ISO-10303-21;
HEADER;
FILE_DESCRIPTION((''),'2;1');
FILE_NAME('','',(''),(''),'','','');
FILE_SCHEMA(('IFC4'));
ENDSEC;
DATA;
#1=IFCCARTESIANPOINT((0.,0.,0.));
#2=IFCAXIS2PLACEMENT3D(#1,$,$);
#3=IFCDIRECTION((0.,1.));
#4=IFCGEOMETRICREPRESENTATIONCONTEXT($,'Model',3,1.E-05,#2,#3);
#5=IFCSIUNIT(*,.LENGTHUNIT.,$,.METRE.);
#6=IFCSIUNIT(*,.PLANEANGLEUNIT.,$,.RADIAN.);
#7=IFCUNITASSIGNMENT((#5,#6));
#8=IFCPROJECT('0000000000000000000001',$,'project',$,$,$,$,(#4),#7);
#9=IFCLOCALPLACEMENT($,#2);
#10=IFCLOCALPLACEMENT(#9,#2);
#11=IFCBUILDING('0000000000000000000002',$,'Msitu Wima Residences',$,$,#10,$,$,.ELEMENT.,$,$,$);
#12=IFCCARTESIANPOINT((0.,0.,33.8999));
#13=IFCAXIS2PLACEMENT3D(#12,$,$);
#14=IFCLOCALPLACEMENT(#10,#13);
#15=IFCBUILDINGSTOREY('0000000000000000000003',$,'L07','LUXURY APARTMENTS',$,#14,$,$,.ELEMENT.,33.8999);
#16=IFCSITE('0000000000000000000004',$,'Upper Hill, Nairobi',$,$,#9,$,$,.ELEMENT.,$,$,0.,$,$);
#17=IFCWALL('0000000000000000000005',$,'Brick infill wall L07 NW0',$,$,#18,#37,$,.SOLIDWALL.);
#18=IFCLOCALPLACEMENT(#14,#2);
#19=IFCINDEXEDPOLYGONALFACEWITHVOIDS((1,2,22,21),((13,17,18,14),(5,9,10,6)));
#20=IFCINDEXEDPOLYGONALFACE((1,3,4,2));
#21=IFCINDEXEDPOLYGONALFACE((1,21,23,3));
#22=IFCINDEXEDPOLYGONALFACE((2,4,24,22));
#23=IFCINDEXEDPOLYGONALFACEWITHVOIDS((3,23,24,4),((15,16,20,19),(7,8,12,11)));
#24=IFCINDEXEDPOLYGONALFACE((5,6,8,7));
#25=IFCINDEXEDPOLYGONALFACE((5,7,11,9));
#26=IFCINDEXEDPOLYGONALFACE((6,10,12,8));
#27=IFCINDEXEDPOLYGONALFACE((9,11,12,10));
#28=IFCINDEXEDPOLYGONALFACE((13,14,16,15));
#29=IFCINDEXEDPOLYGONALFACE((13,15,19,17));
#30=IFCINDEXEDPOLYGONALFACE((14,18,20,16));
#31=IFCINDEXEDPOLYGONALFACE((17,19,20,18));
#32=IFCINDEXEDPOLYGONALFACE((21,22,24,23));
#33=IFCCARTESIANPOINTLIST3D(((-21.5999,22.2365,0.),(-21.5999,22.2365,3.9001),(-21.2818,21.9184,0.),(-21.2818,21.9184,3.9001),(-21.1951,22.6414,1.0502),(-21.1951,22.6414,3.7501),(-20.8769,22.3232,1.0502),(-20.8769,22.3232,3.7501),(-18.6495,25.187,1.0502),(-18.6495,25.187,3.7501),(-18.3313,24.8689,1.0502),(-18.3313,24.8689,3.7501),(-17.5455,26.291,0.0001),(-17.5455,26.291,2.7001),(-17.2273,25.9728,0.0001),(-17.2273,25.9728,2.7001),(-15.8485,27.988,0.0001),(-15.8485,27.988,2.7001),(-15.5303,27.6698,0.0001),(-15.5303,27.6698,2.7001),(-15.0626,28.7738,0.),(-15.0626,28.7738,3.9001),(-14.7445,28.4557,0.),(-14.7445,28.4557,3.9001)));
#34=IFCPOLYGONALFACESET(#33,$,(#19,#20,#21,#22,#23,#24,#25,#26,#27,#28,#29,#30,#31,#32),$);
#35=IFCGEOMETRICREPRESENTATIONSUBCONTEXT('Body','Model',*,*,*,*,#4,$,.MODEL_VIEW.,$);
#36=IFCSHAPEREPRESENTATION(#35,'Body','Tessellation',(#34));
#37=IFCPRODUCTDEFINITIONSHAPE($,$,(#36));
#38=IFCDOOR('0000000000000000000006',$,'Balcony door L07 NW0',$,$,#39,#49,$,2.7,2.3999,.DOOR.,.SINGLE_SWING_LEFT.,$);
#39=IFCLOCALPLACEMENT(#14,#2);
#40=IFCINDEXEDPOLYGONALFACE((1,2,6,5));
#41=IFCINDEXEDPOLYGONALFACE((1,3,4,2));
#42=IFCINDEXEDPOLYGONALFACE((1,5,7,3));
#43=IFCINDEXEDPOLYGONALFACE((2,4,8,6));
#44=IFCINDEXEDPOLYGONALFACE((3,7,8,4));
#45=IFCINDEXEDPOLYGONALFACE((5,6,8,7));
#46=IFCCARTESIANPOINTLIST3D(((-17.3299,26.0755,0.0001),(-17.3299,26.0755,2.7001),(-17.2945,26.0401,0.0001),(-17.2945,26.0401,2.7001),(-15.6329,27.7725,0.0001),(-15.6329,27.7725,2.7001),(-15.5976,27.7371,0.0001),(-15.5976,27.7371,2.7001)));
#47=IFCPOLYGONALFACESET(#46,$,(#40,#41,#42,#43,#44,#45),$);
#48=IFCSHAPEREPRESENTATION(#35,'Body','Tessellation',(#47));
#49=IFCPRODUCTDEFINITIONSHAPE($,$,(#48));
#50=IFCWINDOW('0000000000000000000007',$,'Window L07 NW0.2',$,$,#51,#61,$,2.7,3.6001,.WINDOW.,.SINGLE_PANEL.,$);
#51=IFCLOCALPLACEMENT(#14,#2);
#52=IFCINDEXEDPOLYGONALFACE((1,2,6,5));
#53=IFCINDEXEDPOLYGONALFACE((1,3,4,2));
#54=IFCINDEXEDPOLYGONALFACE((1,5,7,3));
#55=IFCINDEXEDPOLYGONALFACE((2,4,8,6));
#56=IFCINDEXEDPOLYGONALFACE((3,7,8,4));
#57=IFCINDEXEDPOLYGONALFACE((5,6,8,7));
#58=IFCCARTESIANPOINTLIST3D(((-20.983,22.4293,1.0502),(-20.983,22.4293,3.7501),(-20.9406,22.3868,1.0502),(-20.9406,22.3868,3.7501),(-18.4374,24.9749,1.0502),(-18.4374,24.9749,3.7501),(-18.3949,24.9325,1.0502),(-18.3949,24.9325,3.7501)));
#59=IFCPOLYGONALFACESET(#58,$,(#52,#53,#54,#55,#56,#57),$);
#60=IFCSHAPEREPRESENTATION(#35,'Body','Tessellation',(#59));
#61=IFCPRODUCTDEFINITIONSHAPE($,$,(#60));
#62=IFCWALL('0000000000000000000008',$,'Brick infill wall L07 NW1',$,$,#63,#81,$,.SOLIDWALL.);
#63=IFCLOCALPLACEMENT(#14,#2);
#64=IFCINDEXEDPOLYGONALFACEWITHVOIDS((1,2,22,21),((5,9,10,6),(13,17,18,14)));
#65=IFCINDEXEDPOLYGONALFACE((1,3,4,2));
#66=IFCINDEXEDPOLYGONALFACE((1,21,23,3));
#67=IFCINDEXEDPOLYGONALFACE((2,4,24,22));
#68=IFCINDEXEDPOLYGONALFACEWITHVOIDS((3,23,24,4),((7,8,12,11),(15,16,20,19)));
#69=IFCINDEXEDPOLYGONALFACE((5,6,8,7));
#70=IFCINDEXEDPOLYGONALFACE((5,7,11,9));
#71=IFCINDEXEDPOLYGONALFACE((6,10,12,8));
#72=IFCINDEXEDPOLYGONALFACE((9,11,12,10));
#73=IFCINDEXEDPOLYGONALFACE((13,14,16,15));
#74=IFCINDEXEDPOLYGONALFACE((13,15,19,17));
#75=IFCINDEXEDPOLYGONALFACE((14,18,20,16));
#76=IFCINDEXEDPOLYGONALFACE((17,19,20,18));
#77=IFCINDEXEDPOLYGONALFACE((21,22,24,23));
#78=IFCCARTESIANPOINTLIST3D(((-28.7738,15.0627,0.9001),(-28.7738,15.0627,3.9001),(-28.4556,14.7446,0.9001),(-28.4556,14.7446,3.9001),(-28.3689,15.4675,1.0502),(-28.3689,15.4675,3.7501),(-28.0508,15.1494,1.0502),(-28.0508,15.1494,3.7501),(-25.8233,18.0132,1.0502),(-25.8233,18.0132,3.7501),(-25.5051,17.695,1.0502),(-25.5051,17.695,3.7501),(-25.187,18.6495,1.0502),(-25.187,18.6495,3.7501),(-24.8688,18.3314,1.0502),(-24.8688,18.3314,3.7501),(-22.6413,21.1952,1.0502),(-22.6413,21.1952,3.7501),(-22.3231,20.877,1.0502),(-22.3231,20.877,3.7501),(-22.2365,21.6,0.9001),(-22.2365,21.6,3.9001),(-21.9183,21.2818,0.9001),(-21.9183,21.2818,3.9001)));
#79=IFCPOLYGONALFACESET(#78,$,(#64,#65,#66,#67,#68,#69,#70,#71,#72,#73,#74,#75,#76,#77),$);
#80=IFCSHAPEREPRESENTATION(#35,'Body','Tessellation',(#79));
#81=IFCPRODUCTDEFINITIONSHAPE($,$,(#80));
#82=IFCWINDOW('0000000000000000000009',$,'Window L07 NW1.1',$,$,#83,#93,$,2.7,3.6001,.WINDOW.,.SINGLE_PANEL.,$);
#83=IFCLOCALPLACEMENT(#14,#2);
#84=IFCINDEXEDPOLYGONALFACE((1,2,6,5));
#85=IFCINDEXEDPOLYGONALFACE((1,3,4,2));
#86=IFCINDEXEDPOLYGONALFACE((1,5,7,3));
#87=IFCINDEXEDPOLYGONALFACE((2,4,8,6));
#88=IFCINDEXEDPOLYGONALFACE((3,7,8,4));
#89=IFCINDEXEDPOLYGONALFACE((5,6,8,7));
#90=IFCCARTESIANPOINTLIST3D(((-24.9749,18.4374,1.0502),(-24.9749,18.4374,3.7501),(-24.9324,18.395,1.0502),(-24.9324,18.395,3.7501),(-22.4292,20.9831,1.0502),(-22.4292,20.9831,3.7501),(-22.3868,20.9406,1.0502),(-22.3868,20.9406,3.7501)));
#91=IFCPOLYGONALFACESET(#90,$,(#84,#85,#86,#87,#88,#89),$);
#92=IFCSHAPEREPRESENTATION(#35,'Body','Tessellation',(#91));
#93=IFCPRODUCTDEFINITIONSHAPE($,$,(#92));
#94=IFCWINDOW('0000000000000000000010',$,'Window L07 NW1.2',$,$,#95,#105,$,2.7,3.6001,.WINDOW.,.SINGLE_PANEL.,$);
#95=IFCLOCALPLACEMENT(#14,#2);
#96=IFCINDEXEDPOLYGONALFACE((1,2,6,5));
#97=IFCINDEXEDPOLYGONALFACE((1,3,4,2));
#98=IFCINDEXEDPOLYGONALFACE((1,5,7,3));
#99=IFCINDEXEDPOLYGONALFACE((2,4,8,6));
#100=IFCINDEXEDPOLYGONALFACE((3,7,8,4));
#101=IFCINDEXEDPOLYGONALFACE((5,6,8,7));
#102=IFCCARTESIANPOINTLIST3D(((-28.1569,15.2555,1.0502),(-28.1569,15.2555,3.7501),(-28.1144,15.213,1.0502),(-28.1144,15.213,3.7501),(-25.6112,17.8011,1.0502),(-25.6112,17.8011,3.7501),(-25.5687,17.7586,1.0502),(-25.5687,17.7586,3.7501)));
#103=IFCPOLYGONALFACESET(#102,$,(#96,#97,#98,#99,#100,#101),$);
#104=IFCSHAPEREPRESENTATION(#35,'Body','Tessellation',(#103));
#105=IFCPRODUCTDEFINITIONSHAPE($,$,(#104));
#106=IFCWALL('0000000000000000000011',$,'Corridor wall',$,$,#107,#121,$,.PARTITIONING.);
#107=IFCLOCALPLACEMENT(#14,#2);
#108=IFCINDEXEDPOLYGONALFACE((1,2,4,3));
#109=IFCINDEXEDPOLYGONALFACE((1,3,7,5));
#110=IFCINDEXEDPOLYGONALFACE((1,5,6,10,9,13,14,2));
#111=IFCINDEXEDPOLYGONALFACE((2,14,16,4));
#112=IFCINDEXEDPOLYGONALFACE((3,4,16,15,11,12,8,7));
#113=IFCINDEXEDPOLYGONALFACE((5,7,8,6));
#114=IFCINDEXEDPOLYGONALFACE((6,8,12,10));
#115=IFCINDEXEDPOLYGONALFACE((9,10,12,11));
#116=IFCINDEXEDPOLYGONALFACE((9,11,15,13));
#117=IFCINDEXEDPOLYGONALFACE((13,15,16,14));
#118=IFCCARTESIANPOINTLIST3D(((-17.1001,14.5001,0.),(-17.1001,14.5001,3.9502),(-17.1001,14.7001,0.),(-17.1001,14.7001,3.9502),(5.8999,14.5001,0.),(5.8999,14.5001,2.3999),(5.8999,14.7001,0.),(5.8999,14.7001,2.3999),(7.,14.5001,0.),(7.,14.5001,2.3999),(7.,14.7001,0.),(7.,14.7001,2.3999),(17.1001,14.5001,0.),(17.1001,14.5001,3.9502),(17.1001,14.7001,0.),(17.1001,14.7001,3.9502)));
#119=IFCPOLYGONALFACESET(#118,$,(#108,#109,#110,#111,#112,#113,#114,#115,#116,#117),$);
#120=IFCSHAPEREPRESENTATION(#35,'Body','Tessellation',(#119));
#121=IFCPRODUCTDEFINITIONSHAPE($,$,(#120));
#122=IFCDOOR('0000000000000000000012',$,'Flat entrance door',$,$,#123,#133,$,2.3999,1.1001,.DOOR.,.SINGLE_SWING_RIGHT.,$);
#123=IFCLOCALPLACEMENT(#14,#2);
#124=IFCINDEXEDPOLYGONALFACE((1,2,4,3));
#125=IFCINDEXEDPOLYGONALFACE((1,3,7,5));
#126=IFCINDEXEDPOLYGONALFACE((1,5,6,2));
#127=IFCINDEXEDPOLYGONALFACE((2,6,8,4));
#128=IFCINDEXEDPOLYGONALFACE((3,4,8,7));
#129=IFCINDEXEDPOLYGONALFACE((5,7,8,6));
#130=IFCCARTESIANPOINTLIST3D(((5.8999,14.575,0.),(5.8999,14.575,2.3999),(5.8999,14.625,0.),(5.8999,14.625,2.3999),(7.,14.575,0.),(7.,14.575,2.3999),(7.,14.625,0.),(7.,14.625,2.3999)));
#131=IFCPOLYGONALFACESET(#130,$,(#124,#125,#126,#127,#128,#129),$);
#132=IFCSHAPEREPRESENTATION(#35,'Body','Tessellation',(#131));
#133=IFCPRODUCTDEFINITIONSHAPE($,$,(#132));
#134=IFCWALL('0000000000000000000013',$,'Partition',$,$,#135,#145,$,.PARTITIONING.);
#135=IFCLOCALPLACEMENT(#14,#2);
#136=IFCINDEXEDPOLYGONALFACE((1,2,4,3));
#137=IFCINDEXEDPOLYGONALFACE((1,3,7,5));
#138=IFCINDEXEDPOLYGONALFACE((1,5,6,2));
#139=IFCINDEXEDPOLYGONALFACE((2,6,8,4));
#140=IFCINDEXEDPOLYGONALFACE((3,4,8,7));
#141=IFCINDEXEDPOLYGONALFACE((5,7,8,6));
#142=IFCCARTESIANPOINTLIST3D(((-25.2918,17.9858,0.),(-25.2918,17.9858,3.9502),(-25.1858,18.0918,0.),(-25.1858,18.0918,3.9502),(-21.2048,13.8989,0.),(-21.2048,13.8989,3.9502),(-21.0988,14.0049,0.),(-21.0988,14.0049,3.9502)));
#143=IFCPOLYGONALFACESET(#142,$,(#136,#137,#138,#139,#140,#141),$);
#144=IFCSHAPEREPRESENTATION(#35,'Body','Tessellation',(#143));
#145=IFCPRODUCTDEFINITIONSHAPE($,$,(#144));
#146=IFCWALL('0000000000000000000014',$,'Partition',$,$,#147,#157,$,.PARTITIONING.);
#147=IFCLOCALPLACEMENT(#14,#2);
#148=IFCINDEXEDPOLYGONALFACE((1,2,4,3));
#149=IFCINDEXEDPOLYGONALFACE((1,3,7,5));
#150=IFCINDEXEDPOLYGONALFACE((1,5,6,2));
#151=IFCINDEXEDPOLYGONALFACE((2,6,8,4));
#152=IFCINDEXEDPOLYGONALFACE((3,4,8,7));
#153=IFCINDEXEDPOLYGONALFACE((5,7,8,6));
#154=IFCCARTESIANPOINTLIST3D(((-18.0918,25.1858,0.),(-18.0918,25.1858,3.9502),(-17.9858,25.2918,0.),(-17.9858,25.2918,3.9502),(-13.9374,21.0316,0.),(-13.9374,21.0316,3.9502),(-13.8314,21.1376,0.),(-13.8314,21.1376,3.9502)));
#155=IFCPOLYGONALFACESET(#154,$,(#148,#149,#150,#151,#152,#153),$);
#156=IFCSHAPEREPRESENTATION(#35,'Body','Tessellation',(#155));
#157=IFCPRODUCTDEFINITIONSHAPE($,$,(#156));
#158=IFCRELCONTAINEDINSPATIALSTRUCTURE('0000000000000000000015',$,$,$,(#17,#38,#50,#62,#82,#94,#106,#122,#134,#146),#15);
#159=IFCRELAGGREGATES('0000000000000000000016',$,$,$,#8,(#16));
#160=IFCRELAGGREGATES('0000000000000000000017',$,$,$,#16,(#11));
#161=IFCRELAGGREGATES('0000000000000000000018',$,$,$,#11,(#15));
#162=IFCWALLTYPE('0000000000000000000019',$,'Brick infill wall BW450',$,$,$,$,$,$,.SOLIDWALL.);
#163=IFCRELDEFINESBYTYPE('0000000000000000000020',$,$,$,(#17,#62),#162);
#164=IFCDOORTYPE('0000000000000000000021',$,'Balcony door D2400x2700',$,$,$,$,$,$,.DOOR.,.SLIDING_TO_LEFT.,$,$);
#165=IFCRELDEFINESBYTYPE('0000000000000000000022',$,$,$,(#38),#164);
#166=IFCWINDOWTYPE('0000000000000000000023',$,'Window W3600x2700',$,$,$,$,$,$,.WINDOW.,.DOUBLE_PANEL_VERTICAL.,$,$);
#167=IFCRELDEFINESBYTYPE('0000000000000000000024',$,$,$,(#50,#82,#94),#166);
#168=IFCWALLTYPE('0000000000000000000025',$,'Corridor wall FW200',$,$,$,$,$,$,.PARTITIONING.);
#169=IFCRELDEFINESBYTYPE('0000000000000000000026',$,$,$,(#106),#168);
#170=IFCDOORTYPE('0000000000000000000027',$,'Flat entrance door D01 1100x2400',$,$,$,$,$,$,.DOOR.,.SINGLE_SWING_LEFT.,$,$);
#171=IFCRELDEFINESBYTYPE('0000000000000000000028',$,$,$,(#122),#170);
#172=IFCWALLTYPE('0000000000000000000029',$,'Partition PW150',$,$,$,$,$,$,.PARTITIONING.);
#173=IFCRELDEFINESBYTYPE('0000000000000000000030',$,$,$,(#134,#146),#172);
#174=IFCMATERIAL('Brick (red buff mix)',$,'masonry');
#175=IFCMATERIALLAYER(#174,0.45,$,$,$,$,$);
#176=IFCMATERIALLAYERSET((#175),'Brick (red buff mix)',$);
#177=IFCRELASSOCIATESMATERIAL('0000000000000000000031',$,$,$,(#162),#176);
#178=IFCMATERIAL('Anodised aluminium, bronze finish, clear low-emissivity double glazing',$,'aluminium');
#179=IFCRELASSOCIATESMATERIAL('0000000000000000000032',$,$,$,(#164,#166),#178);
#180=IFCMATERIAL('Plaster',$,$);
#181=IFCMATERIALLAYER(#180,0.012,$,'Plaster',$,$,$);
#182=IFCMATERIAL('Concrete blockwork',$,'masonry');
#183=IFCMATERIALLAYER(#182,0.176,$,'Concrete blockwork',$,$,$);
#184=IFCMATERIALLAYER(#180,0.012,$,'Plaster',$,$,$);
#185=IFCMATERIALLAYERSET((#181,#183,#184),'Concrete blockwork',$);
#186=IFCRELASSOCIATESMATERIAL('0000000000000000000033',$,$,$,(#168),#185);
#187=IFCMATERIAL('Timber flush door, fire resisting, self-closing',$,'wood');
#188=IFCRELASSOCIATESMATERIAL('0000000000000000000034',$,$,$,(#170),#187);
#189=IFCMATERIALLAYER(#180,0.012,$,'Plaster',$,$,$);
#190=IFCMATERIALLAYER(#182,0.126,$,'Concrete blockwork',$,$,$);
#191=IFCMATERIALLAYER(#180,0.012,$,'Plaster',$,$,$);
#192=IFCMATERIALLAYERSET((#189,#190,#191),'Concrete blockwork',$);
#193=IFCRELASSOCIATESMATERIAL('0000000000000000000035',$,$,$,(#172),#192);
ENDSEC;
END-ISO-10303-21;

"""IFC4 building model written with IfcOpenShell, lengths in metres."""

from ifc_helpers import new_model, si_unit, direction, frame, frame_2d, origin, place, context, subcontext, project, spatial, rectangle, extrude, material, layer, layer_set, type_object, element, fill, save


model = new_model("IFC4")

# Units and contexts
model_context = context("Model", 3, precision=1e-05, world=origin(), true_north=direction((0.0, 1.0)))
body_context = subcontext(model_context, "Body", "Model", "MODEL_VIEW")
ifc_project = project(units=[si_unit("LENGTHUNIT", "METRE"), si_unit("PLANEANGLEUNIT", "RADIAN")], contexts=[model_context])

# Site, building, storey
site_placement = place(None, origin())
site = spatial("IfcSite", under=ifc_project, at=site_placement, Name="Upper Hill, Nairobi", CompositionType="ELEMENT", RefElevation=0.0)
building_placement = place(site_placement, origin())
building = spatial("IfcBuilding", under=site, at=building_placement, Name="Msitu Wima Residences", CompositionType="ELEMENT")
storey_placement = place(building_placement, frame((0.0, 0.0, 33.8999)))
storey = spatial("IfcBuildingStorey", under=building, at=storey_placement, Name="L07", Description="LUXURY APARTMENTS", CompositionType="ELEMENT", Elevation=33.8999)

# Wall, openings, door, window
ifc_material_1 = material(Name="Brick (red buff mix)", Category="masonry")
ifc_layer_1 = layer(ifc_material_1, 0.45)
ifc_layer_set_1 = layer_set([ifc_layer_1], Name="Brick (red buff mix)")
wall_type_1 = type_object("IfcWallType", Name="Brick infill wall BW450", PredefinedType="SOLIDWALL", material=ifc_layer_set_1)
wall_1_placement = place(storey_placement, frame((-14.9036, 28.6147, 0.0), z_axis=(0.0, 0.0, 1.0), x_axis=(-0.707107, -0.707107, 0.0)))
wall_1 = element("IfcWall", 1, at=wall_1_placement, inside=storey, type_object=wall_type_1, Name="Brick infill wall L07 NW0", PredefinedType="SOLIDWALL", context=body_context, shape_type="SweptSolid", body=[
    extrude(rectangle(XDim=9.2451, YDim=0.45, at=frame_2d((4.6226, 0.0))), origin(), (0.0, 0.0, 1.0), 3.9001),
])
opening_1_placement = place(wall_1_placement, frame((1.1113, 0.0, 0.0)))
opening_1 = element("IfcOpeningElement", 2, at=opening_1_placement, cuts=wall_1, PredefinedType="OPENING", context=body_context, shape_type="SweptSolid", body=[
    extrude(rectangle(XDim=2.3999, YDim=2.7, at=frame_2d((1.2, 1.3501))), frame((0.0, 0.2349, 0.0), z_axis=(0.0, -1.0, 0.0), x_axis=(1.0, 0.0, 0.0)), (0.0, 0.0, 1.0), 0.47),
])
opening_2_placement = place(wall_1_placement, frame((5.0725, 0.0, 1.05)))
opening_2 = element("IfcOpeningElement", 3, at=opening_2_placement, cuts=wall_1, PredefinedType="OPENING", context=body_context, shape_type="SweptSolid", body=[
    extrude(rectangle(XDim=3.6001, YDim=2.7, at=frame_2d((1.8, 1.3501))), frame((0.0, 0.2349, 0.0), z_axis=(0.0, -1.0, 0.0), x_axis=(1.0, 0.0, 0.0)), (0.0, 0.0, 1.0), 0.47),
])
ifc_material_2 = material(Name="Anodised aluminium, bronze finish, clear low-emissivity double glazing", Category="aluminium")
door_type_1 = type_object("IfcDoorType", Name="Balcony door D2400x2700", OperationType="SLIDING_TO_LEFT", PredefinedType="DOOR", material=ifc_material_2)
door_1_placement = place(opening_1_placement, origin())
door_1 = element("IfcDoor", 4, at=door_1_placement, inside=storey, type_object=door_type_1, Name="Balcony door L07 NW0", OperationType="SINGLE_SWING_LEFT", OverallHeight=2.7, OverallWidth=2.3999, PredefinedType="DOOR", context=body_context, shape_type="SweptSolid", body=[
    extrude(rectangle(XDim=2.3999, YDim=2.7, at=frame_2d((1.2, 1.3501))), frame((0.0, 0.1299, 0.0), z_axis=(0.0, -1.0, 0.0), x_axis=(1.0, 0.0, 0.0)), (0.0, 0.0, 1.0), 0.05),
])
fill(opening_1, door_1)
window_type = type_object("IfcWindowType", Name="Window W3600x2700", PartitioningType="DOUBLE_PANEL_VERTICAL", PredefinedType="WINDOW", material=ifc_material_2)
window_1_placement = place(opening_2_placement, origin())
window_1 = element("IfcWindow", 5, at=window_1_placement, inside=storey, type_object=window_type, Name="Window L07 NW0.2", OverallHeight=2.7, OverallWidth=3.6001, PartitioningType="SINGLE_PANEL", PredefinedType="WINDOW", context=body_context, shape_type="SweptSolid", body=[
    extrude(rectangle(XDim=3.6001, YDim=2.7, at=frame_2d((1.8, 1.3501))), frame((0.0, 0.135, 0.0), z_axis=(0.0, -1.0, 0.0), x_axis=(1.0, 0.0, 0.0)), (0.0, 0.0, 1.0), 0.0601),
])
fill(opening_2, window_1)

# Wall, openings, windows
wall_2_placement = place(storey_placement, frame((-22.0774, 21.4409, 0.9001), z_axis=(0.0, 0.0, 1.0), x_axis=(-0.707107, -0.707107, 0.0)))
wall_2 = element("IfcWall", 6, at=wall_2_placement, inside=storey, type_object=wall_type_1, Name="Brick infill wall L07 NW1", PredefinedType="SOLIDWALL", context=body_context, shape_type="SweptSolid", body=[
    extrude(rectangle(XDim=9.2451, YDim=0.45, at=frame_2d((4.6226, 0.0))), origin(), (0.0, 0.0, 1.0), 3.0),
])
opening_3_placement = place(wall_2_placement, frame((0.5725, 0.0, 0.1499)))
opening_3 = element("IfcOpeningElement", 7, at=opening_3_placement, cuts=wall_2, PredefinedType="OPENING", context=body_context, shape_type="SweptSolid", body=[
    extrude(rectangle(XDim=3.6001, YDim=2.7, at=frame_2d((1.8, 1.3501))), frame((0.0, 0.2349, 0.0), z_axis=(0.0, -1.0, 0.0), x_axis=(1.0, 0.0, 0.0)), (0.0, 0.0, 1.0), 0.47),
])
opening_4_placement = place(wall_2_placement, frame((5.0725, 0.0, 0.1499)))
opening_4 = element("IfcOpeningElement", 8, at=opening_4_placement, cuts=wall_2, PredefinedType="OPENING", context=body_context, shape_type="SweptSolid", body=[
    extrude(rectangle(XDim=3.6001, YDim=2.7, at=frame_2d((1.8, 1.3501))), frame((0.0, 0.2349, 0.0), z_axis=(0.0, -1.0, 0.0), x_axis=(1.0, 0.0, 0.0)), (0.0, 0.0, 1.0), 0.47),
])
window_2_placement = place(opening_3_placement, origin())
window_2 = element("IfcWindow", 9, at=window_2_placement, inside=storey, type_object=window_type, Name="Window L07 NW1.1", OverallHeight=2.7, OverallWidth=3.6001, PartitioningType="SINGLE_PANEL", PredefinedType="WINDOW", context=body_context, shape_type="SweptSolid", body=[
    extrude(rectangle(XDim=3.6001, YDim=2.7, at=frame_2d((1.8, 1.3501))), frame((0.0, 0.135, 0.0), z_axis=(0.0, -1.0, 0.0), x_axis=(1.0, 0.0, 0.0)), (0.0, 0.0, 1.0), 0.0601),
])
fill(opening_3, window_2)
window_3_placement = place(opening_4_placement, origin())
window_3 = element("IfcWindow", 10, at=window_3_placement, inside=storey, type_object=window_type, Name="Window L07 NW1.2", OverallHeight=2.7, OverallWidth=3.6001, PartitioningType="SINGLE_PANEL", PredefinedType="WINDOW", context=body_context, shape_type="SweptSolid", body=[
    extrude(rectangle(XDim=3.6001, YDim=2.7, at=frame_2d((1.8, 1.3501))), frame((0.0, 0.135, 0.0), z_axis=(0.0, -1.0, 0.0), x_axis=(1.0, 0.0, 0.0)), (0.0, 0.0, 1.0), 0.0601),
])
fill(opening_4, window_3)

# Wall, opening, door
ifc_material_3 = material(Name="Plaster")
ifc_layer_2 = layer(ifc_material_3, 0.012, Name="Plaster")
ifc_material_4 = material(Name="Concrete blockwork", Category="masonry")
ifc_layer_3 = layer(ifc_material_4, 0.176, Name="Concrete blockwork")
ifc_layer_4 = layer(ifc_material_3, 0.012, Name="Plaster")
ifc_layer_set_2 = layer_set([ifc_layer_2, ifc_layer_3, ifc_layer_4], Name="Concrete blockwork")
wall_type_2 = type_object("IfcWallType", Name="Corridor wall FW200", PredefinedType="PARTITIONING", material=ifc_layer_set_2)
wall_3_placement = place(storey_placement, frame((-17.1001, 14.6001, 0.0), z_axis=(0.0, 0.0, 1.0), x_axis=(1.0, 0.0, 0.0)))
wall_3 = element("IfcWall", 11, at=wall_3_placement, inside=storey, type_object=wall_type_2, Name="Corridor wall", PredefinedType="PARTITIONING", context=body_context, shape_type="SweptSolid", body=[
    extrude(rectangle(XDim=34.2002, YDim=0.2, at=frame_2d((17.1001, 0.0))), origin(), (0.0, 0.0, 1.0), 3.9502),
])
opening_5_placement = place(wall_3_placement, frame((23.0, 0.0, 0.0)))
opening_5 = element("IfcOpeningElement", 12, at=opening_5_placement, cuts=wall_3, PredefinedType="OPENING", context=body_context, shape_type="SweptSolid", body=[
    extrude(rectangle(XDim=1.1001, YDim=2.3999, at=frame_2d((0.55, 1.2))), frame((0.0, 0.1099, 0.0), z_axis=(0.0, -1.0, 0.0), x_axis=(1.0, 0.0, 0.0)), (0.0, 0.0, 1.0), 0.22),
])
ifc_material_5 = material(Name="Timber flush door, fire resisting, self-closing", Category="wood")
door_type_2 = type_object("IfcDoorType", Name="Flat entrance door D01 1100x2400", OperationType="SINGLE_SWING_LEFT", PredefinedType="DOOR", material=ifc_material_5)
door_2_placement = place(opening_5_placement, origin())
door_2 = element("IfcDoor", 13, at=door_2_placement, inside=storey, type_object=door_type_2, Name="Flat entrance door", OperationType="SINGLE_SWING_RIGHT", OverallHeight=2.3999, OverallWidth=1.1001, PredefinedType="DOOR", context=body_context, shape_type="SweptSolid", body=[
    extrude(rectangle(XDim=1.1001, YDim=2.3999, at=frame_2d((0.55, 1.2))), frame((0.0, 0.0249, 0.0), z_axis=(0.0, -1.0, 0.0), x_axis=(1.0, 0.0, 0.0)), (0.0, 0.0, 1.0), 0.05),
])
fill(opening_5, door_2)

# Walls
ifc_layer_5 = layer(ifc_material_3, 0.012, Name="Plaster")
ifc_layer_6 = layer(ifc_material_4, 0.126, Name="Concrete blockwork")
ifc_layer_7 = layer(ifc_material_3, 0.012, Name="Plaster")
ifc_layer_set_3 = layer_set([ifc_layer_5, ifc_layer_6, ifc_layer_7], Name="Concrete blockwork")
wall_type_3 = type_object("IfcWallType", Name="Partition PW150", PredefinedType="PARTITIONING", material=ifc_layer_set_3)
wall_4_placement = place(storey_placement, frame((-25.2388, 18.0388, 0.0), z_axis=(0.0, 0.0, 1.0), x_axis=(0.707107, -0.707107, 0.0)))
element("IfcWall", 14, at=wall_4_placement, inside=storey, type_object=wall_type_3, Name="Partition", PredefinedType="PARTITIONING", context=body_context, shape_type="SweptSolid", body=[
    extrude(rectangle(XDim=5.7798, YDim=0.1499, at=frame_2d((2.8899, 0.0))), origin(), (0.0, 0.0, 1.0), 3.9502),
])
wall_5_placement = place(storey_placement, frame((-18.0388, 25.2388, 0.0), z_axis=(0.0, 0.0, 1.0), x_axis=(0.707128, -0.707086, 0.0)))
element("IfcWall", 15, at=wall_5_placement, inside=storey, type_object=wall_type_3, Name="Partition", PredefinedType="PARTITIONING", context=body_context, shape_type="SweptSolid", body=[
    extrude(rectangle(XDim=5.875, YDim=0.1499, at=frame_2d((2.9375, 0.0))), origin(), (0.0, 0.0, 1.0), 3.9502),
])

save(model, "model.ifc")
